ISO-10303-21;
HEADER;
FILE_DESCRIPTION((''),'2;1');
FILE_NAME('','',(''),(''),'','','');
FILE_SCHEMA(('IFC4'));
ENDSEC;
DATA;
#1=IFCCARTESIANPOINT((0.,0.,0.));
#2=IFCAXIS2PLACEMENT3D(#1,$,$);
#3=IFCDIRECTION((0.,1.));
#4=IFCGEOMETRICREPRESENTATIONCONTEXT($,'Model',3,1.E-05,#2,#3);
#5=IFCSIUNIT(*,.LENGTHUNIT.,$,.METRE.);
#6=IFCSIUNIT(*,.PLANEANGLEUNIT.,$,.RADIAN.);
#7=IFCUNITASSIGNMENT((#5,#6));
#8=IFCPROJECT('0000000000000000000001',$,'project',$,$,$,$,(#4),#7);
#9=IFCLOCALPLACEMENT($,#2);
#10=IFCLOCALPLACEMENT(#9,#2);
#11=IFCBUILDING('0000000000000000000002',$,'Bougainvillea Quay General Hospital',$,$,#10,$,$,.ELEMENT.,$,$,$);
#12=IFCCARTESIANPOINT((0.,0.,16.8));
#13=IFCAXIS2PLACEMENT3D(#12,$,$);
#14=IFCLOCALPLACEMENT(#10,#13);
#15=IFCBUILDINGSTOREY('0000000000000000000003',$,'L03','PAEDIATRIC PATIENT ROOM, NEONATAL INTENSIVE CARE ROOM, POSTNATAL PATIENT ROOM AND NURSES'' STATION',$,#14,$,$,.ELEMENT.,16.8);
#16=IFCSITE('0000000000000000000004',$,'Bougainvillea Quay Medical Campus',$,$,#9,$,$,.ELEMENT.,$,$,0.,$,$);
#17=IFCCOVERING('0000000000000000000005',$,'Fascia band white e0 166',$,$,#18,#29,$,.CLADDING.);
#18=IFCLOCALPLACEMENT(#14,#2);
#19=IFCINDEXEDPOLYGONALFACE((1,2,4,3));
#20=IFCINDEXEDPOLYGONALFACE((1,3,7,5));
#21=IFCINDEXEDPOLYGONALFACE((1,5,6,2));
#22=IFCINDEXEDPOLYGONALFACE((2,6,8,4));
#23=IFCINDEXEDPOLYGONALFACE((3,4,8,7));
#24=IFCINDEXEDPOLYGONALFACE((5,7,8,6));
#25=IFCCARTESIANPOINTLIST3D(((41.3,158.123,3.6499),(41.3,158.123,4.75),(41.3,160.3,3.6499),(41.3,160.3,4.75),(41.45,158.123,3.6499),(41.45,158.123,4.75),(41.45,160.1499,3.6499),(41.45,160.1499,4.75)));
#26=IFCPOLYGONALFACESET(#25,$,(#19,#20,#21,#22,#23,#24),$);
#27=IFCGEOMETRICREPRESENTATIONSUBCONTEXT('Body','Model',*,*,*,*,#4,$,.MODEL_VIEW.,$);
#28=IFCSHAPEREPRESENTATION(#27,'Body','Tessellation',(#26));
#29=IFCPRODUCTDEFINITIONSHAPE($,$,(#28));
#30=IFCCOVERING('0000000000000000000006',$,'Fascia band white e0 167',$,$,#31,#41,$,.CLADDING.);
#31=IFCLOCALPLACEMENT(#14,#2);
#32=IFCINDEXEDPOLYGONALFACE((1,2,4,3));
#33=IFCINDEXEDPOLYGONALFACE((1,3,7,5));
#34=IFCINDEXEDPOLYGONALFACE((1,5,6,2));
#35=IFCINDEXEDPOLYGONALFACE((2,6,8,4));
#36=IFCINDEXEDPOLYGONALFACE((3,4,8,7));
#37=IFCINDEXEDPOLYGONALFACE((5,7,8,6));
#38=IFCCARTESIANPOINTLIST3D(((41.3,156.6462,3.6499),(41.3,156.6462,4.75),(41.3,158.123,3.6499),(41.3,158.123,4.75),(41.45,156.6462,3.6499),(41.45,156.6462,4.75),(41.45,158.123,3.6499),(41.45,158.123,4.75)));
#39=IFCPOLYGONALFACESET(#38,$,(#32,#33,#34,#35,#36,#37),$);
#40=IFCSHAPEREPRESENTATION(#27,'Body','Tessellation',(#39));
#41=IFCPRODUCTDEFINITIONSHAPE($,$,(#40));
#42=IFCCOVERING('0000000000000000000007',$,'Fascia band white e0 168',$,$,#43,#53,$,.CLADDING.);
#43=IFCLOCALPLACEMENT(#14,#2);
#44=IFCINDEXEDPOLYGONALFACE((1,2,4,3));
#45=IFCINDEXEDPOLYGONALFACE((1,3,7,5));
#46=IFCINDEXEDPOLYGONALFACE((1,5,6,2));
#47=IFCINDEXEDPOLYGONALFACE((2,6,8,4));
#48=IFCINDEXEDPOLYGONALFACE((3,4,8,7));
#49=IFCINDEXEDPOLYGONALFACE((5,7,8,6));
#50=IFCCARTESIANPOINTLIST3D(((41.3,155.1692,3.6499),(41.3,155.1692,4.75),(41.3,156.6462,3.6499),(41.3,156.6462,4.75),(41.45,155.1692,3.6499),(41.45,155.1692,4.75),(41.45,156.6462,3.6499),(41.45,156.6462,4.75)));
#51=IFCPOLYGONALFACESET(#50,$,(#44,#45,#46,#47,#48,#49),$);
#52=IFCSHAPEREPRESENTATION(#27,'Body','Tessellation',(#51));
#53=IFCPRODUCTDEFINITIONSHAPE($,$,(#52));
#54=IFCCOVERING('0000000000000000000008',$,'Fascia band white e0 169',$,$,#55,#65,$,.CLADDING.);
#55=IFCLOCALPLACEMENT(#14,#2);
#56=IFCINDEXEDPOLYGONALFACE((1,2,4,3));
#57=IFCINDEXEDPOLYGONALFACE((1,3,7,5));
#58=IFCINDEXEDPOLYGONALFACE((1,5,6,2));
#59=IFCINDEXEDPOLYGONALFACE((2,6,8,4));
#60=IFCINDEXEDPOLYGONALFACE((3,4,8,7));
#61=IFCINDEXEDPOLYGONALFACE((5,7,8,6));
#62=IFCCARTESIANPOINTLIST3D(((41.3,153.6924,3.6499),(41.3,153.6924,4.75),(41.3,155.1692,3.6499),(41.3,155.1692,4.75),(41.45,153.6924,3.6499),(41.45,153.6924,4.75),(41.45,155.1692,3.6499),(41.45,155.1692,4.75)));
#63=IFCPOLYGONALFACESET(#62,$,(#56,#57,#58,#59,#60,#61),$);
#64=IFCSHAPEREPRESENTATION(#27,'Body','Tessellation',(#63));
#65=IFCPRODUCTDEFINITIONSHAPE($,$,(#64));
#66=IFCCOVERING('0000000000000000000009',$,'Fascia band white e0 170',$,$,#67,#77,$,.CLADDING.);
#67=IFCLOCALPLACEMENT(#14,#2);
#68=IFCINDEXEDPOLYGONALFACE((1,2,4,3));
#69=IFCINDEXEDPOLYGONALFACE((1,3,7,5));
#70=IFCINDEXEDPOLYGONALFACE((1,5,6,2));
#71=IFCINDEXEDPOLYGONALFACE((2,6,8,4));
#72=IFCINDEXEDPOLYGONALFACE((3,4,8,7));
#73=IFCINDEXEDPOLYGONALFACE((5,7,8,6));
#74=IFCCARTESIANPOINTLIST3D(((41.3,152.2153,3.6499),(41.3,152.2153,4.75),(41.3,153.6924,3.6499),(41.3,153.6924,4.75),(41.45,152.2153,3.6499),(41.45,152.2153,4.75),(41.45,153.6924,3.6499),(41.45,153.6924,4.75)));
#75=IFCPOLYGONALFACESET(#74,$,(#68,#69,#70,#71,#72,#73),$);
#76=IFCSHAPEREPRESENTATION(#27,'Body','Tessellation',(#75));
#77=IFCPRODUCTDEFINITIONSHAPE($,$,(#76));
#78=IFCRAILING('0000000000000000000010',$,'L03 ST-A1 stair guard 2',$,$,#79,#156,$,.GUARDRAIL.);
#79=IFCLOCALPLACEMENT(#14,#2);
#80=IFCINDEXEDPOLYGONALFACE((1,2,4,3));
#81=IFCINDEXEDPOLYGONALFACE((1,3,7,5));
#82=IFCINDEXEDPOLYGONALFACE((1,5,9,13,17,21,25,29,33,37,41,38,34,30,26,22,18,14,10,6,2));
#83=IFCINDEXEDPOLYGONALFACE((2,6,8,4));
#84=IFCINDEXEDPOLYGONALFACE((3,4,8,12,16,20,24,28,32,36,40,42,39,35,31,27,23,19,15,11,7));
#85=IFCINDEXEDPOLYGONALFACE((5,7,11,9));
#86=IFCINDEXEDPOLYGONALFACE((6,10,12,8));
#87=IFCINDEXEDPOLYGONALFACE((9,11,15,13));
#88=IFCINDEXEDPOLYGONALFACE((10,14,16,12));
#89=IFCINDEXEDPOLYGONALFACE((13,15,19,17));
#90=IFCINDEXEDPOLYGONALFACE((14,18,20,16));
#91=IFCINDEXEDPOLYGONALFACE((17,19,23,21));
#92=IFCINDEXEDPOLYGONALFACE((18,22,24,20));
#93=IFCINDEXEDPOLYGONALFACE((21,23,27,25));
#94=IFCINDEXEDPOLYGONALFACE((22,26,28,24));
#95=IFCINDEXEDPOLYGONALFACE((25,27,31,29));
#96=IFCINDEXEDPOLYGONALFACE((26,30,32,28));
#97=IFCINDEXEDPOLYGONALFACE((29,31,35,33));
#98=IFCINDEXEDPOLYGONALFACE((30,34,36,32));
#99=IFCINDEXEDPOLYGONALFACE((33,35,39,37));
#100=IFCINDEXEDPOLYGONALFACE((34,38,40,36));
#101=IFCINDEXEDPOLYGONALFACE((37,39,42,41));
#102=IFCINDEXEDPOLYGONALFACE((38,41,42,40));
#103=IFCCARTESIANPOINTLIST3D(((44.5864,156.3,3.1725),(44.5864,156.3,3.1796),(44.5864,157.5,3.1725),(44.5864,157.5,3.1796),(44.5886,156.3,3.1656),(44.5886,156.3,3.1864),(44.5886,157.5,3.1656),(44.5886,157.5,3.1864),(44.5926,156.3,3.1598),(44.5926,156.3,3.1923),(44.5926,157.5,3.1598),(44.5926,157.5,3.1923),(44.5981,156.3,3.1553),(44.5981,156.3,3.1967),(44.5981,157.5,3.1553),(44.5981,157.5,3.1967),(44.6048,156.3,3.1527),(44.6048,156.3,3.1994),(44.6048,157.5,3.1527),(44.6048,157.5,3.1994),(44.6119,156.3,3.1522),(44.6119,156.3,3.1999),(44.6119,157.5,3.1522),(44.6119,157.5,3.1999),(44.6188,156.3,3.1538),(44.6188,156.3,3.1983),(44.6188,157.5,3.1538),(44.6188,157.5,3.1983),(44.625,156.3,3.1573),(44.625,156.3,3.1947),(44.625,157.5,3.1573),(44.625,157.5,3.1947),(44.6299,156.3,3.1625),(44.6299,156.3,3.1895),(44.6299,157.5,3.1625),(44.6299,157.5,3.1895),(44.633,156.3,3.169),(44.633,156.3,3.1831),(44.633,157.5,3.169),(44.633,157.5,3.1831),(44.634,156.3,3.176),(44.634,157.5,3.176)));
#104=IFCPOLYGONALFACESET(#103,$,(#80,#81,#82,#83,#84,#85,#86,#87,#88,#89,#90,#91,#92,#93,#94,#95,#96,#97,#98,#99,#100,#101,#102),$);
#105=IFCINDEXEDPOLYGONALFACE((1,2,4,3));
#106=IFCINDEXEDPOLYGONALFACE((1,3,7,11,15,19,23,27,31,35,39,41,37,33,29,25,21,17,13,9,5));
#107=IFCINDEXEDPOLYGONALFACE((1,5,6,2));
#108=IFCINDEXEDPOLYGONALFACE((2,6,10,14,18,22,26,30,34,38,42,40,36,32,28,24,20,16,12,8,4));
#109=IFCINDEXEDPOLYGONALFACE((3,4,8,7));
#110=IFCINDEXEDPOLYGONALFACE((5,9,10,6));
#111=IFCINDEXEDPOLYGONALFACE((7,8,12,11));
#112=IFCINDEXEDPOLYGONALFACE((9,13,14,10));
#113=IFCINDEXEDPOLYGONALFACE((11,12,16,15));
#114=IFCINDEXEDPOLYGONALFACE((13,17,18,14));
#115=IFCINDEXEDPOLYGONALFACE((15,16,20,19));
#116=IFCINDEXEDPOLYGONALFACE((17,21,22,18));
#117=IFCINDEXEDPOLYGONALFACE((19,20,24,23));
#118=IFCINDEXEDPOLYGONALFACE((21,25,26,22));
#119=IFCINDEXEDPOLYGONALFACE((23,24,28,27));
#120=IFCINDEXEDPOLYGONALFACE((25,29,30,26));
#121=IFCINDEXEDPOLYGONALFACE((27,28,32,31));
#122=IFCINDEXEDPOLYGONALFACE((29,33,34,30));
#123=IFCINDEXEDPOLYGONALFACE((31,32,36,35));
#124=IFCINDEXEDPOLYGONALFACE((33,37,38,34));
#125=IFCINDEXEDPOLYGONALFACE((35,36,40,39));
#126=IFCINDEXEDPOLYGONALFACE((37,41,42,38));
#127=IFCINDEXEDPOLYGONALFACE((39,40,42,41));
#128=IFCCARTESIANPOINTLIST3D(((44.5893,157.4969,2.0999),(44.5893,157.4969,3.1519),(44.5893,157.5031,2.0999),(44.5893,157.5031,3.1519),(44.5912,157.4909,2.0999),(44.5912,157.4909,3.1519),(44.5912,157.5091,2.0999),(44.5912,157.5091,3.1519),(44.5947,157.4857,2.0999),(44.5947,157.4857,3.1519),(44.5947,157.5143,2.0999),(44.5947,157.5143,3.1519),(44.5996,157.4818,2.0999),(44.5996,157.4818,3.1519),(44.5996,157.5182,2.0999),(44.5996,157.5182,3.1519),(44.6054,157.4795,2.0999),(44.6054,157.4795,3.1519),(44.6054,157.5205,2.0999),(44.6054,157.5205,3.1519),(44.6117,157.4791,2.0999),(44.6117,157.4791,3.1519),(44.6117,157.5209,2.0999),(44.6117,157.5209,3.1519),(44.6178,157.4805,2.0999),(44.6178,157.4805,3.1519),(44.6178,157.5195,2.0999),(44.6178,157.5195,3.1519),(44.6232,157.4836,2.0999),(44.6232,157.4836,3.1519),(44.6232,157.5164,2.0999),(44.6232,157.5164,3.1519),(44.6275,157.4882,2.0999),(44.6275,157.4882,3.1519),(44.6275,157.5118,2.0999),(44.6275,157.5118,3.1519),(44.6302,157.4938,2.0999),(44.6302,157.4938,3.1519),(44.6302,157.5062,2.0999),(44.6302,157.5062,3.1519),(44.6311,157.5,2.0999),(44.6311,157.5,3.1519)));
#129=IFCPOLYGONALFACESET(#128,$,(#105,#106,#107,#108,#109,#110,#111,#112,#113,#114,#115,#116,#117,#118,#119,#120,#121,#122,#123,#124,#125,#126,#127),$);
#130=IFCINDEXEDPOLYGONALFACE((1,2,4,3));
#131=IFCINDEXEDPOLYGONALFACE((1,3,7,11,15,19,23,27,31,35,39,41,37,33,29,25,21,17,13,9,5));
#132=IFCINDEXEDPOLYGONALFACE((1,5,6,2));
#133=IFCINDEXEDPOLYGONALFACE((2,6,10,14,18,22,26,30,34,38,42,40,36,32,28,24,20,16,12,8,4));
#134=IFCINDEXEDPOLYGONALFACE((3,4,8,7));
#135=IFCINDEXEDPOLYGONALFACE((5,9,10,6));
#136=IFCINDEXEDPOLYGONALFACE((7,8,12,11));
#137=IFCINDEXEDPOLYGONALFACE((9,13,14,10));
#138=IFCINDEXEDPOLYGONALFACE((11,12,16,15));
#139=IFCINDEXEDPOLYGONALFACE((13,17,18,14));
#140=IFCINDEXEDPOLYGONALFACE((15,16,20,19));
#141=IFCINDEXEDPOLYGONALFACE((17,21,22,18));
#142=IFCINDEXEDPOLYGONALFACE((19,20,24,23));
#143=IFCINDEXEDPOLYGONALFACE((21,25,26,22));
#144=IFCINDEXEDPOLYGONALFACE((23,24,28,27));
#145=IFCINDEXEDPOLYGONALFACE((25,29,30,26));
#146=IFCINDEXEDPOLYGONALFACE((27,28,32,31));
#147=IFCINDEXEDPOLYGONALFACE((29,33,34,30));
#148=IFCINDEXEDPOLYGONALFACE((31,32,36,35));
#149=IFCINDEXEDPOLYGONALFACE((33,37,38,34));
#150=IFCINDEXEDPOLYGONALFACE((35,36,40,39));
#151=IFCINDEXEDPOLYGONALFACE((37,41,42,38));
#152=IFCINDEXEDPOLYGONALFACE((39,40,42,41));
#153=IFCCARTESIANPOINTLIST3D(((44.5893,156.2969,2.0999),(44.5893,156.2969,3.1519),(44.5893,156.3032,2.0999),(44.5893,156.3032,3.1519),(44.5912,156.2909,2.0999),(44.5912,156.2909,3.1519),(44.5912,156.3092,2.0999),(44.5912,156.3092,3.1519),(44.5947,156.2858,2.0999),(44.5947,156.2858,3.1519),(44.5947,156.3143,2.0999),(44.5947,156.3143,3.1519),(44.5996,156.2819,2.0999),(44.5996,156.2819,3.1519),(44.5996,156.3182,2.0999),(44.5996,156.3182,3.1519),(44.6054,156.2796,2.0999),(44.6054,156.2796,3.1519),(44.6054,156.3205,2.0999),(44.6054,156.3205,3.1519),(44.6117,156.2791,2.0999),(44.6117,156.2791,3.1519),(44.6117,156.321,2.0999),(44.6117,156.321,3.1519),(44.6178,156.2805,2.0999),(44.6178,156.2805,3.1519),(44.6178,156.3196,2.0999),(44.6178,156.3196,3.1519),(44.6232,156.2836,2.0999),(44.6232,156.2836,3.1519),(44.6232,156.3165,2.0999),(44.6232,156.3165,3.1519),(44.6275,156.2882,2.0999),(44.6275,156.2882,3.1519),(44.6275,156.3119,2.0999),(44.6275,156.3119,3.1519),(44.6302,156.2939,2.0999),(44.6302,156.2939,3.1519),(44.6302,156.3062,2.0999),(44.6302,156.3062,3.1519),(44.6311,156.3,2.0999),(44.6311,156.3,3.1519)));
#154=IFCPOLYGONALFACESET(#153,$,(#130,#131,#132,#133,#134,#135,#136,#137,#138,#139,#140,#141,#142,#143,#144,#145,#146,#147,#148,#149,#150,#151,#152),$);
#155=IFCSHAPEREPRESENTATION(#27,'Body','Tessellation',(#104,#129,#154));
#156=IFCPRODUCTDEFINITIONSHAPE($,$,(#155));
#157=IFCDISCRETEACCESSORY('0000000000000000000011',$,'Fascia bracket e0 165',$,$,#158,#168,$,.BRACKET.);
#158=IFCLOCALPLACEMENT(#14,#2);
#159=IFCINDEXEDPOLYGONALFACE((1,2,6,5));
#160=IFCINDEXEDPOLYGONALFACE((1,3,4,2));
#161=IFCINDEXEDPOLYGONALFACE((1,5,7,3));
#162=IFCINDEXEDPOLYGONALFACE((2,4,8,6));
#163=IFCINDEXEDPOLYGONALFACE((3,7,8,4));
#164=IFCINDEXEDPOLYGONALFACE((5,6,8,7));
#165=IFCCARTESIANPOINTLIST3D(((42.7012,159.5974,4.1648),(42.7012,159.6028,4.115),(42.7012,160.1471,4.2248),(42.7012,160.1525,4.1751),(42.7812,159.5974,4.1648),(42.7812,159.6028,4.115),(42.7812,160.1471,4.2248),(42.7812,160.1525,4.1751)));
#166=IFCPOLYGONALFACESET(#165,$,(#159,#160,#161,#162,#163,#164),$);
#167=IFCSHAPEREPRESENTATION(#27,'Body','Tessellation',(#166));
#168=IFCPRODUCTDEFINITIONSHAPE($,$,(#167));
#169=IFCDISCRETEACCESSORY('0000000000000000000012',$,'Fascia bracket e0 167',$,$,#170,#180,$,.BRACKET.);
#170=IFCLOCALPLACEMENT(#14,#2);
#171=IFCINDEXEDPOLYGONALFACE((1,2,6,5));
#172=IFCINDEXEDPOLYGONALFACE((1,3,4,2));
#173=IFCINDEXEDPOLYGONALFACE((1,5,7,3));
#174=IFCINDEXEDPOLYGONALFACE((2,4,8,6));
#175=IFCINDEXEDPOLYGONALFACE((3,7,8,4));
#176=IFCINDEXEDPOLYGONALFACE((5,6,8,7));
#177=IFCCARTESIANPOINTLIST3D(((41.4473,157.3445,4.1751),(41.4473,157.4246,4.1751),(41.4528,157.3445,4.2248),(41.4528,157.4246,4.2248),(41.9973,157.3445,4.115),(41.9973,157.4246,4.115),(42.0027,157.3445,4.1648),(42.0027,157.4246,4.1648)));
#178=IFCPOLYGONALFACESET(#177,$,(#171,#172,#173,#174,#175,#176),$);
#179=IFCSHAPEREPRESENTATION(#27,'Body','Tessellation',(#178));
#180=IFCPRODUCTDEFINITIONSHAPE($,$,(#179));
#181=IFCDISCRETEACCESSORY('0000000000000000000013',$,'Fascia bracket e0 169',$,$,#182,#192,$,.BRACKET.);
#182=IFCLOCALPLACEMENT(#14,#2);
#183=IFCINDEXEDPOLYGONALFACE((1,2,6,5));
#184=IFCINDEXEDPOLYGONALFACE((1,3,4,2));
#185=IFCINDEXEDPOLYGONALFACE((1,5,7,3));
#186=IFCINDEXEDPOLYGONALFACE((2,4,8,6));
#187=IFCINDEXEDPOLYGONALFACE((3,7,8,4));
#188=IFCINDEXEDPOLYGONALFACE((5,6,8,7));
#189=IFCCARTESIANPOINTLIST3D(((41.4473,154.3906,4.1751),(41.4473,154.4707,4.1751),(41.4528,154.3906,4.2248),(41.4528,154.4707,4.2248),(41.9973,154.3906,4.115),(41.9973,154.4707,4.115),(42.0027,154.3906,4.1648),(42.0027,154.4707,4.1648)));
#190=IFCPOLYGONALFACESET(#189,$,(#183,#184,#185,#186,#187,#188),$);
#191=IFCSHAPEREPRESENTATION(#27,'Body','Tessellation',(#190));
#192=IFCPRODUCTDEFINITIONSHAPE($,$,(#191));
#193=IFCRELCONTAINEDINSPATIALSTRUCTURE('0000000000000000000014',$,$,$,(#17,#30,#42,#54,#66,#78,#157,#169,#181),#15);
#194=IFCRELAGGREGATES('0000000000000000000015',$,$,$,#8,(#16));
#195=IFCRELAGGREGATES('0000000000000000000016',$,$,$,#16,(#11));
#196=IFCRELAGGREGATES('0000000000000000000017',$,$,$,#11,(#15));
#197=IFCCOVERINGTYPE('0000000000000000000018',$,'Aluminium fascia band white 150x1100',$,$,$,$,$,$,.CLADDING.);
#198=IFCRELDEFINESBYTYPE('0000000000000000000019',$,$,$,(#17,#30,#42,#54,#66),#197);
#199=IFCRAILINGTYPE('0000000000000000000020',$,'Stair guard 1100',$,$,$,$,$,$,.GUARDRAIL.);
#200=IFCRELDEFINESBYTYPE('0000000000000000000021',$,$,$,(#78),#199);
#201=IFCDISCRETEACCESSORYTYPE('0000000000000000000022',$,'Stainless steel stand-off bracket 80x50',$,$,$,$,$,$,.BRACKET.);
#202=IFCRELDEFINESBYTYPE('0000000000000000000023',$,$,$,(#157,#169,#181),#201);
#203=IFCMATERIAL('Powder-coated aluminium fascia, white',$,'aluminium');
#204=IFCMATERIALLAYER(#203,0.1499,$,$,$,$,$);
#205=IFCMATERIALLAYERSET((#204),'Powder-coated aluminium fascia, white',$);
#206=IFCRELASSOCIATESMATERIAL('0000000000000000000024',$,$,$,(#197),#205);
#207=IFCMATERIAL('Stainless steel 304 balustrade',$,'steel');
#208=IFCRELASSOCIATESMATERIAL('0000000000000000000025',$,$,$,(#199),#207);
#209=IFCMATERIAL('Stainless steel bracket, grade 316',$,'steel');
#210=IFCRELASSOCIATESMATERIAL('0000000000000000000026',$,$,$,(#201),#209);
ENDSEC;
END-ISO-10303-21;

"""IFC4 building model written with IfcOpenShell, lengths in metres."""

from ifc_helpers import new_model, si_unit, direction, frame, origin, origin_2d, place, context, subcontext, project, spatial, polyline, rectangle, circle, outline, extrude, material, layer, layer_set, material_profile, profile_set, type_object, element, save


model = new_model("IFC4")

# Units and contexts
model_context = context("Model", 3, precision=1e-05, world=origin(), true_north=direction((0.0, 1.0)))
body_context = subcontext(model_context, "Body", "Model", "MODEL_VIEW")
ifc_project = project(units=[si_unit("LENGTHUNIT", "METRE"), si_unit("PLANEANGLEUNIT", "RADIAN")], contexts=[model_context])

# Site, building, storey
site_placement = place(None, origin())
site = spatial("IfcSite", under=ifc_project, at=site_placement, Name="Bougainvillea Quay Medical Campus", CompositionType="ELEMENT", RefElevation=0.0)
building_placement = place(site_placement, origin())
building = spatial("IfcBuilding", under=site, at=building_placement, Name="Bougainvillea Quay General Hospital", CompositionType="ELEMENT")
storey_placement = place(building_placement, frame((0.0, 0.0, 16.8)))
storey = spatial("IfcBuildingStorey", under=building, at=storey_placement, Name="L03", Description="PAEDIATRIC PATIENT ROOM, NEONATAL INTENSIVE CARE ROOM, POSTNATAL PATIENT ROOM AND NURSES' STATION", CompositionType="ELEMENT", Elevation=16.8)

# Coverings
ifc_material_1 = material(Name="Powder-coated aluminium fascia, white", Category="aluminium")
ifc_layer_1 = layer(ifc_material_1, 0.1499)
ifc_layer_set_1 = layer_set([ifc_layer_1], Name="Powder-coated aluminium fascia, white")
covering_type = type_object("IfcCoveringType", Name="Aluminium fascia band white 150x1100", PredefinedType="CLADDING", material=ifc_layer_set_1)
covering_1_placement = place(storey_placement, frame((41.45, 160.1499, 3.6499), z_axis=(0.0, 0.0, 1.0), x_axis=(0.0, -1.0, 0.0)))
element("IfcCovering", 1, at=covering_1_placement, inside=storey, type_object=covering_type, Name="Fascia band white e0 166", PredefinedType="CLADDING", context=body_context, shape_type="SweptSolid", body=[
    extrude(outline(polyline([(0.0, 0.0), (2.0269, 0.0), (2.0269, -0.1499), (-0.1501, -0.1499), (0.0, 0.0)])), origin(), (0.0, 0.0, 1.0), 1.1001),
])
covering_2_placement = place(storey_placement, frame((41.45, 158.123, 3.6499), z_axis=(0.0, 0.0, 1.0), x_axis=(0.0, -1.0, 0.0)))
element("IfcCovering", 2, at=covering_2_placement, inside=storey, type_object=covering_type, Name="Fascia band white e0 167", PredefinedType="CLADDING", context=body_context, shape_type="SweptSolid", body=[
    extrude(outline(polyline([(0.0, 0.0), (1.4768, 0.0), (1.4768, -0.1499), (0.0, -0.1499), (0.0, 0.0)])), origin(), (0.0, 0.0, 1.0), 1.1001),
])
covering_3_placement = place(storey_placement, frame((41.45, 156.6462, 3.6499), z_axis=(0.0, 0.0, 1.0), x_axis=(0.0, -1.0, 0.0)))
element("IfcCovering", 3, at=covering_3_placement, inside=storey, type_object=covering_type, Name="Fascia band white e0 168", PredefinedType="CLADDING", context=body_context, shape_type="SweptSolid", body=[
    extrude(outline(polyline([(0.0, 0.0), (1.4771, 0.0), (1.4771, -0.1499), (0.0, -0.1499), (0.0, 0.0)])), origin(), (0.0, 0.0, 1.0), 1.1001),
])
covering_4_placement = place(storey_placement, frame((41.45, 155.1692, 3.6499), z_axis=(0.0, 0.0, 1.0), x_axis=(0.0, -1.0, 0.0)))
element("IfcCovering", 4, at=covering_4_placement, inside=storey, type_object=covering_type, Name="Fascia band white e0 169", PredefinedType="CLADDING", context=body_context, shape_type="SweptSolid", body=[
    extrude(outline(polyline([(0.0, 0.0), (1.4768, 0.0), (1.4768, -0.1499), (0.0, -0.1499), (0.0, 0.0)])), origin(), (0.0, 0.0, 1.0), 1.1001),
])
covering_5_placement = place(storey_placement, frame((41.45, 153.6924, 3.6499), z_axis=(0.0, 0.0, 1.0), x_axis=(0.0, -1.0, 0.0)))
element("IfcCovering", 5, at=covering_5_placement, inside=storey, type_object=covering_type, Name="Fascia band white e0 170", PredefinedType="CLADDING", context=body_context, shape_type="SweptSolid", body=[
    extrude(outline(polyline([(0.0, 0.0), (1.4771, 0.0), (1.4771, -0.1499), (0.0, -0.1499), (0.0, 0.0)])), origin(), (0.0, 0.0, 1.0), 1.1001),
])

# Railing
ifc_material_2 = material(Name="Stainless steel 304 balustrade", Category="steel")
railing_type = type_object("IfcRailingType", Name="Stair guard 1100", PredefinedType="GUARDRAIL", material=ifc_material_2)
railing_placement = place(storey_placement, frame((44.6101, 157.5, 2.0999)))
element("IfcRailing", 6, at=railing_placement, inside=storey, type_object=railing_type, Name="L03 ST-A1 stair guard 2", PredefinedType="GUARDRAIL", context=body_context, shape_type="SweptSolid", body=[
    extrude(circle(Radius=0.0239, at=origin_2d()), frame((0.0, 0.0, 1.0762), z_axis=(0.0, -1.0, 0.0), x_axis=(1.0, 0.0, 0.0)), (0.0, 0.0, 1.0), 1.2),
    extrude(circle(Radius=0.021, at=origin_2d()), origin(), (0.0, 0.0, 1.0), 1.052),
    extrude(circle(Radius=0.021, at=origin_2d()), frame((0.0, -1.2, 0.0)), (0.0, 0.0, 1.0), 1.052),
])

# Discrete accessories
ifc_material_3 = material(Name="Stainless steel bracket, grade 316", Category="steel")
ifc_material_profile_1 = material_profile(ifc_material_3, rectangle(XDim=0.0801, YDim=0.05, at=origin_2d()))
ifc_profile_set_1 = profile_set([ifc_material_profile_1], Name="Stainless steel bracket, grade 316")
discrete_accessory_type = type_object("IfcDiscreteAccessoryType", Name="Stainless steel stand-off bracket 80x50", PredefinedType="BRACKET", material=ifc_profile_set_1)
discrete_accessory_placement = place(storey_placement, frame((42.7412, 159.6001, 4.1399), z_axis=(0.0, 0.994087, 0.10859), x_axis=(-1.0, 0.0, 0.0)))
element("IfcDiscreteAccessory", 7, at=discrete_accessory_placement, inside=storey, type_object=discrete_accessory_type, Name="Fascia bracket e0 165", PredefinedType="BRACKET", context=body_context, shape_type="SweptSolid", body=[
    extrude(rectangle(XDim=0.0801, YDim=0.05, at=origin_2d()), origin(), (0.0, 0.0, 1.0), 0.553),
])
for number, where, z_axis, x_axis, name in (
    (8, (42.0, 157.3845, 4.1399), (-0.994092, 0.0, 0.108543), (0.0, -1.0, 0.0), "Fascia bracket e0 167"),
    (9, (42.0, 154.4307, 4.1399), (-0.994092, 0.0, 0.108543), (0.0, -1.0, 0.0), "Fascia bracket e0 169"),
):
    element("IfcDiscreteAccessory", number, at=place(storey_placement, frame(where, z_axis=z_axis, x_axis=x_axis)), inside=storey, type_object=discrete_accessory_type, Name=name, PredefinedType="BRACKET", context=body_context, shape_type="SweptSolid", body=[
        extrude(rectangle(XDim=0.0801, YDim=0.05, at=origin_2d()), origin(), (0.0, 0.0, 1.0), 0.5532),
    ])

save(model, "model.ifc")
